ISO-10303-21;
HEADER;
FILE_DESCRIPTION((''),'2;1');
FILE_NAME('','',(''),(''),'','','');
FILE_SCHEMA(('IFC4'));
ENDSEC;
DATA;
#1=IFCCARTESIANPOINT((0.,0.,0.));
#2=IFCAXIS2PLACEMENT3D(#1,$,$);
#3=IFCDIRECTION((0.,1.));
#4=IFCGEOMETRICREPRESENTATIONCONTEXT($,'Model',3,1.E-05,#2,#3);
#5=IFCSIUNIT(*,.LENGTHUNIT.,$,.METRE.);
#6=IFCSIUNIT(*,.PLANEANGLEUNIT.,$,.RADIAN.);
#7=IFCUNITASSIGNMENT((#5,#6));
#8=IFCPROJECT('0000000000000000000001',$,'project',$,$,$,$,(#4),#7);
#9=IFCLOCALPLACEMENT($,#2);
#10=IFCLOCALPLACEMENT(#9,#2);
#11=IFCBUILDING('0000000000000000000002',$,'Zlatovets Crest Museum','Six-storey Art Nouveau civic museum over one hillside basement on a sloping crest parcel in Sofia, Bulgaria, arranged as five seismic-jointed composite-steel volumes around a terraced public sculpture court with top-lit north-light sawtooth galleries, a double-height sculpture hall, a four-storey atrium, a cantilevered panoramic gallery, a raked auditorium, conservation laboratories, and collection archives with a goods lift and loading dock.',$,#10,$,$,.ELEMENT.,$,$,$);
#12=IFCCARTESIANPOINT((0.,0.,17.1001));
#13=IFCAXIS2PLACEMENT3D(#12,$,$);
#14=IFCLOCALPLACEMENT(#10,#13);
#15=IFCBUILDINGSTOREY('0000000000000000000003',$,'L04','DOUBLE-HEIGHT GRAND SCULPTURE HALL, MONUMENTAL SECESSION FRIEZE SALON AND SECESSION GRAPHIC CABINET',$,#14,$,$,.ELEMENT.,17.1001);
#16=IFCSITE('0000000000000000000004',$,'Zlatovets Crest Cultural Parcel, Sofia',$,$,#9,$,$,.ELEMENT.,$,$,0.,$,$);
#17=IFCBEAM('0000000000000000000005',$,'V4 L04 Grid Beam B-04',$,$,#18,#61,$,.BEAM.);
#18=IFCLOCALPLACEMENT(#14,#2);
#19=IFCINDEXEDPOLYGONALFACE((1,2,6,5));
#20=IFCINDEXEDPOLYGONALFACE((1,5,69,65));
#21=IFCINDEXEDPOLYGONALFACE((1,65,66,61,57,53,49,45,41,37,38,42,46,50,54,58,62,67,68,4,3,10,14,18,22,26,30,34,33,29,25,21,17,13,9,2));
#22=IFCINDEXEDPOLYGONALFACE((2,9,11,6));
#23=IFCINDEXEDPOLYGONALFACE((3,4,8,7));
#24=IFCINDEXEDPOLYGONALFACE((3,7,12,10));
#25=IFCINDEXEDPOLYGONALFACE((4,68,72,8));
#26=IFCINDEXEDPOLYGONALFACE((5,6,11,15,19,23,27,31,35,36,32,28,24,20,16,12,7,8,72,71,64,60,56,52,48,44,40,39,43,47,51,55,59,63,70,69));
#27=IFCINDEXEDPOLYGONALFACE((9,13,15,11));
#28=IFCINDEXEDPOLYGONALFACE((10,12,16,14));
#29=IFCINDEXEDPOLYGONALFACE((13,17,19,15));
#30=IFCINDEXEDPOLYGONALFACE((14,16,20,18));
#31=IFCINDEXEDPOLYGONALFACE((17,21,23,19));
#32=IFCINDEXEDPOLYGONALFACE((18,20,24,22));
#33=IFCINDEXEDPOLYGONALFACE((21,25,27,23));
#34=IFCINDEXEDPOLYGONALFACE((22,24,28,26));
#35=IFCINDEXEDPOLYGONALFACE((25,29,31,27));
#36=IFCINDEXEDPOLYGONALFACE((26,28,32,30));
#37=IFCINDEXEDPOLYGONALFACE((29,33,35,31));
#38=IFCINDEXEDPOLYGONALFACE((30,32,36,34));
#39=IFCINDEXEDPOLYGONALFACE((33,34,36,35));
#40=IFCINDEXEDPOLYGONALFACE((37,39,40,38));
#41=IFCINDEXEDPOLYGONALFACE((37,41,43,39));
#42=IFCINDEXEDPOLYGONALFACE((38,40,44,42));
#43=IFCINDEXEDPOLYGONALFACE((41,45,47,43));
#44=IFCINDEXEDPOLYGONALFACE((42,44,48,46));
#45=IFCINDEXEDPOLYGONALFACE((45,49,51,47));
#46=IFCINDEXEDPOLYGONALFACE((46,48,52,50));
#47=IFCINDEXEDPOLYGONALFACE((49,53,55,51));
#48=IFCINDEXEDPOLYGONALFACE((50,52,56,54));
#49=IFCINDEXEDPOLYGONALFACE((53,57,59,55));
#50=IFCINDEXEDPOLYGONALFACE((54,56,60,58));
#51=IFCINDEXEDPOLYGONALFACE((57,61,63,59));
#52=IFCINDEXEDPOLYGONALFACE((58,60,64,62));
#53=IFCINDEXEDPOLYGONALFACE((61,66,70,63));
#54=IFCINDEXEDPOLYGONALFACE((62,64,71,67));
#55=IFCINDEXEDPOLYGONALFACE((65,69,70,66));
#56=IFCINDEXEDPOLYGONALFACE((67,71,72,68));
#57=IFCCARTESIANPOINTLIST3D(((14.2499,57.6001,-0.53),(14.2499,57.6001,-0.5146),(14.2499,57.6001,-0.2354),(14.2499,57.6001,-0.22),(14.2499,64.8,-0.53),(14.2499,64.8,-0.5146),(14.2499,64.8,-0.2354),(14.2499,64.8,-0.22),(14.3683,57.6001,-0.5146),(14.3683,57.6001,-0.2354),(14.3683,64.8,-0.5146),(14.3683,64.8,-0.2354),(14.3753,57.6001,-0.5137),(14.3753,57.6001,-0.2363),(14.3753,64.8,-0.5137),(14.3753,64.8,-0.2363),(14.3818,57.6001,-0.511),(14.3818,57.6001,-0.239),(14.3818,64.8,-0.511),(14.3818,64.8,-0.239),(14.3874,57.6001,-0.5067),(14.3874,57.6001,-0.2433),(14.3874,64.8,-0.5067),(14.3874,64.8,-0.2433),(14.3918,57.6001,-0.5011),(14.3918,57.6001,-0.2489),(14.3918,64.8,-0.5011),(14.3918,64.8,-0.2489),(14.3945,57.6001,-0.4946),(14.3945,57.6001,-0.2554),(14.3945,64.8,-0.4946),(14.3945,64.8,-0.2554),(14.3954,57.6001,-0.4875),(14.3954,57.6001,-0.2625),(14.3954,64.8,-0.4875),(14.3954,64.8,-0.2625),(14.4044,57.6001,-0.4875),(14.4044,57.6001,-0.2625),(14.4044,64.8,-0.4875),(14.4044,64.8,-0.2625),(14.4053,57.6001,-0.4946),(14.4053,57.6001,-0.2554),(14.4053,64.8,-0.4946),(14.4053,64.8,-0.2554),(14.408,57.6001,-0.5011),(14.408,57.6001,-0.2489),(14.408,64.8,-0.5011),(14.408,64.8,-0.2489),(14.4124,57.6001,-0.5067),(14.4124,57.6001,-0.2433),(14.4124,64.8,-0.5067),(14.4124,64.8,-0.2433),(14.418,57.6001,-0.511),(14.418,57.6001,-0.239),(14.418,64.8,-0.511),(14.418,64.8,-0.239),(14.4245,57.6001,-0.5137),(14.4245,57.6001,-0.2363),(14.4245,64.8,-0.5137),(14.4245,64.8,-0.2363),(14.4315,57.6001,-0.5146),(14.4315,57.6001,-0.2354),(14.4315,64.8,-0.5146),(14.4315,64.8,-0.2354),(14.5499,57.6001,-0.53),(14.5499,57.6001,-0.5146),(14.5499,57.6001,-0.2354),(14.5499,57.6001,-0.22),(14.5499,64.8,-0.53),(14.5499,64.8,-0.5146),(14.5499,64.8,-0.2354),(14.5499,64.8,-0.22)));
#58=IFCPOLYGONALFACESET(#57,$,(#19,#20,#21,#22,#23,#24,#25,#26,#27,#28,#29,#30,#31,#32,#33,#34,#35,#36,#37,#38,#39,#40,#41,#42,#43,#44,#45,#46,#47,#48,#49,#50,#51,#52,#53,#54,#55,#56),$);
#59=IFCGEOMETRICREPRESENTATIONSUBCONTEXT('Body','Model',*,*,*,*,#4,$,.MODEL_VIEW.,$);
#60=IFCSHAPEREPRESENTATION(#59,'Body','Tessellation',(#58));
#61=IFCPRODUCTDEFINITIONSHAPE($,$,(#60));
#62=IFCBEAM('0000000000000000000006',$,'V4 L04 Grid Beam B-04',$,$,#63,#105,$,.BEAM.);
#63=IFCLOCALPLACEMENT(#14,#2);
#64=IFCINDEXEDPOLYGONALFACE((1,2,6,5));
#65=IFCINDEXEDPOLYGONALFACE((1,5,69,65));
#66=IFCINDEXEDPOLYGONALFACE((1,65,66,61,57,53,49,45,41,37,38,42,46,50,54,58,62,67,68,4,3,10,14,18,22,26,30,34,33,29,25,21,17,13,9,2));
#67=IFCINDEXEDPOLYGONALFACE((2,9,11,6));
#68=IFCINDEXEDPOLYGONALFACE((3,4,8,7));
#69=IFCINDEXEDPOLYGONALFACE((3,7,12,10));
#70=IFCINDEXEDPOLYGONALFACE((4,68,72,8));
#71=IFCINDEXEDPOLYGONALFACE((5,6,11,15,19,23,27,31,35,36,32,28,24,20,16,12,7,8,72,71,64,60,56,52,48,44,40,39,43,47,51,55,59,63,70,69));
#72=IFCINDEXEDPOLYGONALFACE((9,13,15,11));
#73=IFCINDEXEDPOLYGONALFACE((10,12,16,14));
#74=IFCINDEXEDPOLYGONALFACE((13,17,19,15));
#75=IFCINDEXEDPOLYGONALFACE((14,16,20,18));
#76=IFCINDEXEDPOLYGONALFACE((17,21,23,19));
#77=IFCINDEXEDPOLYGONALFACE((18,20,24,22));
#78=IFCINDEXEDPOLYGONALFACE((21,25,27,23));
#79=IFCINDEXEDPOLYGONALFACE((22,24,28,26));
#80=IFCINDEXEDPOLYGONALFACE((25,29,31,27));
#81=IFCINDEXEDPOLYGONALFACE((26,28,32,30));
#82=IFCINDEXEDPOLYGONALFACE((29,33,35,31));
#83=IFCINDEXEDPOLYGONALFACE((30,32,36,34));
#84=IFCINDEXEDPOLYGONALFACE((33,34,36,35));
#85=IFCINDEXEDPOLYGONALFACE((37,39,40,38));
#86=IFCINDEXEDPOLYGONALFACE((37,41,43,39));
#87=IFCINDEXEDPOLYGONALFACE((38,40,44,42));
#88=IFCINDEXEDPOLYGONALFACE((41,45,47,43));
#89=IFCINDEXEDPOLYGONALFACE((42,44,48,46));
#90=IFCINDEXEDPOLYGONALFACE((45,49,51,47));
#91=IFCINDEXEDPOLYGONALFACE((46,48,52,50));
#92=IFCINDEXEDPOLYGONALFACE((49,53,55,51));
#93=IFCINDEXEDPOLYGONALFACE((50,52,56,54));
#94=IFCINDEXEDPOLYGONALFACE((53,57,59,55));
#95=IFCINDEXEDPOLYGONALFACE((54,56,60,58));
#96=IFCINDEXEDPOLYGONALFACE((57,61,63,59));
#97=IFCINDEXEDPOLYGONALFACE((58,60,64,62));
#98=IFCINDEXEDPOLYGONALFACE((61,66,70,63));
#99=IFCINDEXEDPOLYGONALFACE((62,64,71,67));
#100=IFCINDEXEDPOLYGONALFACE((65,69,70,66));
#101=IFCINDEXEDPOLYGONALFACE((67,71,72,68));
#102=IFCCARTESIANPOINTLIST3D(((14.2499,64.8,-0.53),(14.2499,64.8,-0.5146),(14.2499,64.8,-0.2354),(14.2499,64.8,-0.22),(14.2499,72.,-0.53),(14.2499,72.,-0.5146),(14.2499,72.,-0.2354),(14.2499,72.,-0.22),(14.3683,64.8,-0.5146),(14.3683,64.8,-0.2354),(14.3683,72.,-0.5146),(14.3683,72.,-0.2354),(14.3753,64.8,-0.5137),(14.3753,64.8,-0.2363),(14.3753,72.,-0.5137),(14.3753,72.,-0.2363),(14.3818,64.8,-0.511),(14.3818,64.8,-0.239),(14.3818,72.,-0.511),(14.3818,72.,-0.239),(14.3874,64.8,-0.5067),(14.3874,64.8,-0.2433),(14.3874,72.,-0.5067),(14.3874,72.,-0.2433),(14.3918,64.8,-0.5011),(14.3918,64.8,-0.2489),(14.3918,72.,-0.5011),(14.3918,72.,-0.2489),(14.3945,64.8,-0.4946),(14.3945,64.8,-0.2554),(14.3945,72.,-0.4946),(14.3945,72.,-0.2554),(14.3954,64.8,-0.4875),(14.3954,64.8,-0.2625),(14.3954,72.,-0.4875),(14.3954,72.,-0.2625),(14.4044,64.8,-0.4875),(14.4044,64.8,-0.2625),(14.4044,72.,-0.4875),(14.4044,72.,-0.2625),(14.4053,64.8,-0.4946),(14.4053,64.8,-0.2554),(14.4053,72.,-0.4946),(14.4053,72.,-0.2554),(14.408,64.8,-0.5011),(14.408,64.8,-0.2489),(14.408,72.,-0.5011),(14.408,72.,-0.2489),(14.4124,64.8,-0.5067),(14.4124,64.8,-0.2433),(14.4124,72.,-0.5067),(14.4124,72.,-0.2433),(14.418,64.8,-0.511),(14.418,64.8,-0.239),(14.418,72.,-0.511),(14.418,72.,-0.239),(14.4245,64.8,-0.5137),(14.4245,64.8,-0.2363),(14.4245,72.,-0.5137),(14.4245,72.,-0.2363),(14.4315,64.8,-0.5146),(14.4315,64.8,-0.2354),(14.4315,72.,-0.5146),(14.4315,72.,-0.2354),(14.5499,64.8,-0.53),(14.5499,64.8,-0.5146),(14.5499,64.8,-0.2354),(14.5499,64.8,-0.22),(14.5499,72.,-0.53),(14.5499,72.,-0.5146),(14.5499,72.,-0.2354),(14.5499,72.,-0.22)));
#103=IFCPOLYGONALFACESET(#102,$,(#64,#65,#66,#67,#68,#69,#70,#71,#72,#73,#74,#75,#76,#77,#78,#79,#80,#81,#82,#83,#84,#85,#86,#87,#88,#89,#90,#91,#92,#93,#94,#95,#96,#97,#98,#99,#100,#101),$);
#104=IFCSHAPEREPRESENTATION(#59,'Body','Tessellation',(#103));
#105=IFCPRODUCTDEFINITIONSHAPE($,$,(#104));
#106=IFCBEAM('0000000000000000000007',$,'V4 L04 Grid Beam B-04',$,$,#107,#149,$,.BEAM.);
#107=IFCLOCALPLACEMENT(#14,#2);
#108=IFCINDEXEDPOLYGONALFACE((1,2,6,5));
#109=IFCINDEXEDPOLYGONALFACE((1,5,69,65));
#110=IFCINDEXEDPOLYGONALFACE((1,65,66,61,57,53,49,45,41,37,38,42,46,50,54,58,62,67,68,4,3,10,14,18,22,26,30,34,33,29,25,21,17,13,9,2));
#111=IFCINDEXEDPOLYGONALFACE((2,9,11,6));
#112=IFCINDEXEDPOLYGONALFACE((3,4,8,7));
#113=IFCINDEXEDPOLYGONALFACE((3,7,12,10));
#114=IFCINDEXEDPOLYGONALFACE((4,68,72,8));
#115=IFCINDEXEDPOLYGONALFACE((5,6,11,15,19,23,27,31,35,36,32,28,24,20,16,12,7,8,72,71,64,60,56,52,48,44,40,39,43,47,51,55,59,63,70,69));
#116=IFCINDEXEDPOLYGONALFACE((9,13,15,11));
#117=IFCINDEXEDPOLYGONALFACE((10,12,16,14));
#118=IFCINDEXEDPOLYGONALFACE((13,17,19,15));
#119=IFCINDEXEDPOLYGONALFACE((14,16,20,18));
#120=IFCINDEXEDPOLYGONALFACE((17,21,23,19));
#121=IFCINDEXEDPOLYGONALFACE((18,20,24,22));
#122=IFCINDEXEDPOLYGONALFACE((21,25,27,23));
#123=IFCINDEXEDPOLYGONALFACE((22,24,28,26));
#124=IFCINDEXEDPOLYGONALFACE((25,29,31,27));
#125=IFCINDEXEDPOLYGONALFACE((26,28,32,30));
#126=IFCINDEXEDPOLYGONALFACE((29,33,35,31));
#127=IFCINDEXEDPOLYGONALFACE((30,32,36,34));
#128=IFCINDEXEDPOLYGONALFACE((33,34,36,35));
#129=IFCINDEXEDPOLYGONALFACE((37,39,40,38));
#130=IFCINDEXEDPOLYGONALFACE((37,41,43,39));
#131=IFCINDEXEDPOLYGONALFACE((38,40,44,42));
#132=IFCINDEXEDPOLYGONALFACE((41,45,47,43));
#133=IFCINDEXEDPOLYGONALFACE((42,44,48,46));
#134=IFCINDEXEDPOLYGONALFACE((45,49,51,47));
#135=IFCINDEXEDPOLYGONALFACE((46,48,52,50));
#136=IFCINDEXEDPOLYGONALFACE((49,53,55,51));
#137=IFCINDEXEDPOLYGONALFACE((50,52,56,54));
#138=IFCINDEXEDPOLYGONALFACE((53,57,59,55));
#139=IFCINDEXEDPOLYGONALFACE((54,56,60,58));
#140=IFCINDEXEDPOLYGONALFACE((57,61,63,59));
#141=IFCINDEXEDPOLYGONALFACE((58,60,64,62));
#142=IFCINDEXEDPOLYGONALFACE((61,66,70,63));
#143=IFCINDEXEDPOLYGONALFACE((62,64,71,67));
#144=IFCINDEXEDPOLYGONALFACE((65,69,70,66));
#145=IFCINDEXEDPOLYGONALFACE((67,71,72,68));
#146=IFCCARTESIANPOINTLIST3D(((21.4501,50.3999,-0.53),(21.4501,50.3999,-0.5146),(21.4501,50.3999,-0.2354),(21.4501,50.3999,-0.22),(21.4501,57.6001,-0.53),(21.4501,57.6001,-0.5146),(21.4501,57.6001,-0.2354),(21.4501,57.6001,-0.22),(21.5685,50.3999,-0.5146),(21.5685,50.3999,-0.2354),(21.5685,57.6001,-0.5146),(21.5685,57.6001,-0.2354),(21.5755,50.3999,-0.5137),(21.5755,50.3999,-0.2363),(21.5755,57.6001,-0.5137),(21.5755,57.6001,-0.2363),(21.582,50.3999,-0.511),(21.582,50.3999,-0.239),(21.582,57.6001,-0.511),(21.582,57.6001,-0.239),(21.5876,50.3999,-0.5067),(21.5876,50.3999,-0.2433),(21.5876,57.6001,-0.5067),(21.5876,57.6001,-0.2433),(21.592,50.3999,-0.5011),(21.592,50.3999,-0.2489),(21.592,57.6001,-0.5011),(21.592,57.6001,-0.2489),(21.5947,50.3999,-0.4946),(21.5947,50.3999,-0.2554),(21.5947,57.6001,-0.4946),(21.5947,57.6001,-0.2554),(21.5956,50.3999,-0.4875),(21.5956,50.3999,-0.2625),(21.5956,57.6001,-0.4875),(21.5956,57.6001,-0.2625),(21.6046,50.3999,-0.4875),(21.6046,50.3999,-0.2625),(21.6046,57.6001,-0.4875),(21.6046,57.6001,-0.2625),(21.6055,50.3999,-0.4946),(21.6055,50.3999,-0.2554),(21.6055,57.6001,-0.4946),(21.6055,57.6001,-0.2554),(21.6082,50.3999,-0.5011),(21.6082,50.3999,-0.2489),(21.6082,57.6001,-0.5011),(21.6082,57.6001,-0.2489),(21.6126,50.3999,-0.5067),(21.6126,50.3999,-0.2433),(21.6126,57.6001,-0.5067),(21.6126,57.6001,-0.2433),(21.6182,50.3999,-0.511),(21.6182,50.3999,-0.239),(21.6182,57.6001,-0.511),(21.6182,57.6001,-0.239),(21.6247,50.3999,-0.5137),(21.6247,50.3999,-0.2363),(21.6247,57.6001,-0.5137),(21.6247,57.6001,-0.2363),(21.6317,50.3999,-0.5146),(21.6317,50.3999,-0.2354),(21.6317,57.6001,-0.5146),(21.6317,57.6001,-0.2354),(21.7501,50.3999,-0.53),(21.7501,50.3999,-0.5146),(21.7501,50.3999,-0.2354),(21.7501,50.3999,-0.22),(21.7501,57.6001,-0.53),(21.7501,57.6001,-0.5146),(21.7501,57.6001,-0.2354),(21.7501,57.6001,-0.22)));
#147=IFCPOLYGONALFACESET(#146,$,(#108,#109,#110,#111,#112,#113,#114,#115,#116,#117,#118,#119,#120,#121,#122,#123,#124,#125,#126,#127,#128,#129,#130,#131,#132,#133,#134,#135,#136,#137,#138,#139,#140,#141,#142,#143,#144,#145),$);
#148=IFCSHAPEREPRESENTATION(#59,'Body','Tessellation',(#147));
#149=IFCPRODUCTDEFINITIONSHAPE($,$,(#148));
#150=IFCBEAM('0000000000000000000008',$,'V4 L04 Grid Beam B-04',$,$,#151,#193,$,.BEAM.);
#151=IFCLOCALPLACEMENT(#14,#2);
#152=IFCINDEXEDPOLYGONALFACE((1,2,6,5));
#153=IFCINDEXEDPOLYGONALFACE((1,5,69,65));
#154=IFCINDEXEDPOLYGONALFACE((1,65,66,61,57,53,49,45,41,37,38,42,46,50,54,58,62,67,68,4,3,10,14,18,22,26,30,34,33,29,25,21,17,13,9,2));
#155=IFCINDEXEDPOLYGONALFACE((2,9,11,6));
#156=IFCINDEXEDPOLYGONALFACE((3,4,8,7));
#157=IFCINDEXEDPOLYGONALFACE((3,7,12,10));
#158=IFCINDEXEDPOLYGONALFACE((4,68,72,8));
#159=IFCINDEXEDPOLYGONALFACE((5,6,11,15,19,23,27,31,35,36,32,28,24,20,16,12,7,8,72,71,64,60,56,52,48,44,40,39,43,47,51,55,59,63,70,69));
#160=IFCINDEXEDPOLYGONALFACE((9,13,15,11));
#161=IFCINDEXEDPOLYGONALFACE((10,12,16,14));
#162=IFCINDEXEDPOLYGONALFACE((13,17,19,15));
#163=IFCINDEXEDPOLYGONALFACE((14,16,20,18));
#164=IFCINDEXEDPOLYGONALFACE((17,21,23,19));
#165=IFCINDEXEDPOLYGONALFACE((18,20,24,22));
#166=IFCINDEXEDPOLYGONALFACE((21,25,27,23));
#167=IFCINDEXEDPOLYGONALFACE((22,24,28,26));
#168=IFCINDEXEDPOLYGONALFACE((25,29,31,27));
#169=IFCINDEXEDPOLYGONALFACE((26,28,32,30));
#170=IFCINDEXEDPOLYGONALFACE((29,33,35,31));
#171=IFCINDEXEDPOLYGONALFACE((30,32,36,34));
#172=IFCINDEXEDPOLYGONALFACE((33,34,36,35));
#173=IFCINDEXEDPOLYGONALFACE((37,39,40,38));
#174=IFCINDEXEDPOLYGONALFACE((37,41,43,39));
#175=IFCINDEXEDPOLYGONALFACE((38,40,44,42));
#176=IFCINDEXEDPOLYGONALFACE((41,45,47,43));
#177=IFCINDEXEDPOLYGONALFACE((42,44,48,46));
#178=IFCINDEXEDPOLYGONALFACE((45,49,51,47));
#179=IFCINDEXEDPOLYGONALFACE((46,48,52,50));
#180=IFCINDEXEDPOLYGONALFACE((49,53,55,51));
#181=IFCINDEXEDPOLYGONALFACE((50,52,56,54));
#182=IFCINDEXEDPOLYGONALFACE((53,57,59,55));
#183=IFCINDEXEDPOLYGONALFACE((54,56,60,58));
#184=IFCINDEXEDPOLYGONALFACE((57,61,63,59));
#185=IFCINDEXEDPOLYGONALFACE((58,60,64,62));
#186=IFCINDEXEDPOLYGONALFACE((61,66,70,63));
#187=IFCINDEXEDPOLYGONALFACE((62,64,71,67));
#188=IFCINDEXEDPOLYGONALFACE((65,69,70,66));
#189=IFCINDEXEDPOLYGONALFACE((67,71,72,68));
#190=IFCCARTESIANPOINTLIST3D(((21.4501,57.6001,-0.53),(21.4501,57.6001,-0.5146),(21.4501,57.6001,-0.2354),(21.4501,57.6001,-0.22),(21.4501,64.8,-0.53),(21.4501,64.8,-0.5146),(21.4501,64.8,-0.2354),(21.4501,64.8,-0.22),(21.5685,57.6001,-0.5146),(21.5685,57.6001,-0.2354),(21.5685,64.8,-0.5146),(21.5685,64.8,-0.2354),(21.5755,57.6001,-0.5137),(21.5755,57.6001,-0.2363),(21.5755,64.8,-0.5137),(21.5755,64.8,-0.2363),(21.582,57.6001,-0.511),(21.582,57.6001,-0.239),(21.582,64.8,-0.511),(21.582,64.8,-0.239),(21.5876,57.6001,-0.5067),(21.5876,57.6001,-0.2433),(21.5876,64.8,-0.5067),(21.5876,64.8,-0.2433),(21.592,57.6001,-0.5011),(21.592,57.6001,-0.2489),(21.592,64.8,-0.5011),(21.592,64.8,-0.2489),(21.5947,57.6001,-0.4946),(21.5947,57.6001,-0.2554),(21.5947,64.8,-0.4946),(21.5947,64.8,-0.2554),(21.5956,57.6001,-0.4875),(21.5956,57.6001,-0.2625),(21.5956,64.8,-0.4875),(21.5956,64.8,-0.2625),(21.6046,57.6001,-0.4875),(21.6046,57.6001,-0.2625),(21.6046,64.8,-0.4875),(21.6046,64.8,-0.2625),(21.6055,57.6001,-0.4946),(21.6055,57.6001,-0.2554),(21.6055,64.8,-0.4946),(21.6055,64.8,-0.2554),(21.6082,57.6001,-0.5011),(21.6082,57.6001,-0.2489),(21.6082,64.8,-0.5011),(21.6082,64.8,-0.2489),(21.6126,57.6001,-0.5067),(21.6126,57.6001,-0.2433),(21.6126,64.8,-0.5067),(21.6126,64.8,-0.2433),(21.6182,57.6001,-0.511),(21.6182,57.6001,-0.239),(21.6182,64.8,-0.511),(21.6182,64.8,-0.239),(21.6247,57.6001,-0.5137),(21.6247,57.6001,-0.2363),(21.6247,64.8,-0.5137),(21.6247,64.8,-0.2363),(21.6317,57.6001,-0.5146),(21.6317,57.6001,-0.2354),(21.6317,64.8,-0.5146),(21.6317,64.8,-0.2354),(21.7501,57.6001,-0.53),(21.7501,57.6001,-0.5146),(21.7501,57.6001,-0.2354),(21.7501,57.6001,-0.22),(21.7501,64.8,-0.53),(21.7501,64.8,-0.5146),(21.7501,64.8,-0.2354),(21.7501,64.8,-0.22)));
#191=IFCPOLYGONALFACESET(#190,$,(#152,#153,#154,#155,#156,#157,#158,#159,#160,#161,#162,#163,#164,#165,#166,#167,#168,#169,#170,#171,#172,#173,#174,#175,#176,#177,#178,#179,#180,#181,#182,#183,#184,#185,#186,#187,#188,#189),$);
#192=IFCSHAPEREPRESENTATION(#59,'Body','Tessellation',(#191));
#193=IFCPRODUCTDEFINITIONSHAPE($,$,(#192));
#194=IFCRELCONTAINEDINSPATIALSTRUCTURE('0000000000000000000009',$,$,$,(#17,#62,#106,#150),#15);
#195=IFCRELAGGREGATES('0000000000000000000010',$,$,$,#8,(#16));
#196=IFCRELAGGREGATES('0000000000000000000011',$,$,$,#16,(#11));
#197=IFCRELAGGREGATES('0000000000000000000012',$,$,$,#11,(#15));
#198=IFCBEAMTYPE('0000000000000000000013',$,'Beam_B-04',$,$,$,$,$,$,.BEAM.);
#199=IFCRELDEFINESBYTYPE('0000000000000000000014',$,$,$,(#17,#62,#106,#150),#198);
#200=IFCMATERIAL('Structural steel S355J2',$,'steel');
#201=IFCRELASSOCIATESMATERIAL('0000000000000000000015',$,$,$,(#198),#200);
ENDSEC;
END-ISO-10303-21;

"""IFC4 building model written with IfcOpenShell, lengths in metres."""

from ifc_helpers import new_model, si_unit, direction, frame, origin, origin_2d, place, context, subcontext, project, spatial, i_section, extrude, material, material_profile, profile_set, type_object, element, save


model = new_model("IFC4")

# Units and contexts
model_context = context("Model", 3, precision=1e-05, world=origin(), true_north=direction((0.0, 1.0)))
body_context = subcontext(model_context, "Body", "Model", "MODEL_VIEW")
ifc_project = project(units=[si_unit("LENGTHUNIT", "METRE"), si_unit("PLANEANGLEUNIT", "RADIAN")], contexts=[model_context])

# Site, building, storey
site_placement = place(None, origin())
site = spatial("IfcSite", under=ifc_project, at=site_placement, Name="Zlatovets Crest Cultural Parcel, Sofia", CompositionType="ELEMENT", RefElevation=0.0)
building_placement = place(site_placement, origin())
building = spatial("IfcBuilding", under=site, at=building_placement, Name="Zlatovets Crest Museum", Description="Six-storey Art Nouveau civic museum over one hillside basement on a sloping crest parcel in Sofia, Bulgaria, arranged as five seismic-jointed composite-steel volumes around a terraced public sculpture court with top-lit north-light sawtooth galleries, a double-height sculpture hall, a four-storey atrium, a cantilevered panoramic gallery, a raked auditorium, conservation laboratories, and collection archives with a goods lift and loading dock.", CompositionType="ELEMENT")
storey_placement = place(building_placement, frame((0.0, 0.0, 17.1001)))
storey = spatial("IfcBuildingStorey", under=building, at=storey_placement, Name="L04", Description="DOUBLE-HEIGHT GRAND SCULPTURE HALL, MONUMENTAL SECESSION FRIEZE SALON AND SECESSION GRAPHIC CABINET", CompositionType="ELEMENT", Elevation=17.1001)

# Beams
ifc_material_1 = material(Name="Structural steel S355J2", Category="steel")
ifc_material_profile_1 = material_profile(ifc_material_1, i_section(OverallWidth=0.3, OverallDepth=0.3101, WebThickness=0.009, FlangeThickness=0.0154, FilletRadius=0.0271, at=origin_2d()), Name="HEA 320")
ifc_profile_set_1 = profile_set([ifc_material_profile_1], Name="Structural steel S355J2")
beam_type_1 = type_object("IfcBeamType", Name="Beam_B-04", PredefinedType="BEAM", material=ifc_profile_set_1)
for number, where, z_axis, x_axis, name in (
    (1, (14.3999, 57.6001, -0.375), (0.0, 1.0, 0.0), (-1.0, 0.0, 0.0), "V4 L04 Grid Beam B-04"),
    (2, (14.3999, 64.8, -0.375), (0.0, 1.0, 0.0), (-1.0, 0.0, 0.0), "V4 L04 Grid Beam B-04"),
):
    element("IfcBeam", number, at=place(storey_placement, frame(where, z_axis=z_axis, x_axis=x_axis)), inside=storey, type_object=beam_type_1, Name=name, PredefinedType="BEAM", context=body_context, shape_type="SweptSolid", body=[
        extrude(i_section(OverallWidth=0.3, OverallDepth=0.3101, WebThickness=0.009, FlangeThickness=0.0154, FilletRadius=0.0271, at=origin_2d()), origin(), (0.0, 0.0, 1.0), 7.2),
    ])
beam_1_placement = place(storey_placement, frame((21.6001, 50.3999, -0.375), z_axis=(0.0, 1.0, 0.0), x_axis=(-1.0, 0.0, 0.0)))
element("IfcBeam", 3, at=beam_1_placement, inside=storey, type_object=beam_type_1, Name="V4 L04 Grid Beam B-04", PredefinedType="BEAM", context=body_context, shape_type="SweptSolid", body=[
    extrude(i_section(OverallWidth=0.3, OverallDepth=0.3101, WebThickness=0.009, FlangeThickness=0.0154, FilletRadius=0.0271, at=origin_2d()), origin(), (0.0, 0.0, 1.0), 7.2002),
])
for number, where, z_axis, x_axis, name in (
    (4, (21.6001, 57.6001, -0.375), (0.0, 1.0, 0.0), (-1.0, 0.0, 0.0), "V4 L04 Grid Beam B-04"),
):
    element("IfcBeam", number, at=place(storey_placement, frame(where, z_axis=z_axis, x_axis=x_axis)), inside=storey, type_object=beam_type_1, Name=name, PredefinedType="BEAM", context=body_context, shape_type="SweptSolid", body=[
        extrude(i_section(OverallWidth=0.3, OverallDepth=0.3101, WebThickness=0.009, FlangeThickness=0.0154, FilletRadius=0.0271, at=origin_2d()), origin(), (0.0, 0.0, 1.0), 7.2),
    ])

save(model, "model.ifc")
